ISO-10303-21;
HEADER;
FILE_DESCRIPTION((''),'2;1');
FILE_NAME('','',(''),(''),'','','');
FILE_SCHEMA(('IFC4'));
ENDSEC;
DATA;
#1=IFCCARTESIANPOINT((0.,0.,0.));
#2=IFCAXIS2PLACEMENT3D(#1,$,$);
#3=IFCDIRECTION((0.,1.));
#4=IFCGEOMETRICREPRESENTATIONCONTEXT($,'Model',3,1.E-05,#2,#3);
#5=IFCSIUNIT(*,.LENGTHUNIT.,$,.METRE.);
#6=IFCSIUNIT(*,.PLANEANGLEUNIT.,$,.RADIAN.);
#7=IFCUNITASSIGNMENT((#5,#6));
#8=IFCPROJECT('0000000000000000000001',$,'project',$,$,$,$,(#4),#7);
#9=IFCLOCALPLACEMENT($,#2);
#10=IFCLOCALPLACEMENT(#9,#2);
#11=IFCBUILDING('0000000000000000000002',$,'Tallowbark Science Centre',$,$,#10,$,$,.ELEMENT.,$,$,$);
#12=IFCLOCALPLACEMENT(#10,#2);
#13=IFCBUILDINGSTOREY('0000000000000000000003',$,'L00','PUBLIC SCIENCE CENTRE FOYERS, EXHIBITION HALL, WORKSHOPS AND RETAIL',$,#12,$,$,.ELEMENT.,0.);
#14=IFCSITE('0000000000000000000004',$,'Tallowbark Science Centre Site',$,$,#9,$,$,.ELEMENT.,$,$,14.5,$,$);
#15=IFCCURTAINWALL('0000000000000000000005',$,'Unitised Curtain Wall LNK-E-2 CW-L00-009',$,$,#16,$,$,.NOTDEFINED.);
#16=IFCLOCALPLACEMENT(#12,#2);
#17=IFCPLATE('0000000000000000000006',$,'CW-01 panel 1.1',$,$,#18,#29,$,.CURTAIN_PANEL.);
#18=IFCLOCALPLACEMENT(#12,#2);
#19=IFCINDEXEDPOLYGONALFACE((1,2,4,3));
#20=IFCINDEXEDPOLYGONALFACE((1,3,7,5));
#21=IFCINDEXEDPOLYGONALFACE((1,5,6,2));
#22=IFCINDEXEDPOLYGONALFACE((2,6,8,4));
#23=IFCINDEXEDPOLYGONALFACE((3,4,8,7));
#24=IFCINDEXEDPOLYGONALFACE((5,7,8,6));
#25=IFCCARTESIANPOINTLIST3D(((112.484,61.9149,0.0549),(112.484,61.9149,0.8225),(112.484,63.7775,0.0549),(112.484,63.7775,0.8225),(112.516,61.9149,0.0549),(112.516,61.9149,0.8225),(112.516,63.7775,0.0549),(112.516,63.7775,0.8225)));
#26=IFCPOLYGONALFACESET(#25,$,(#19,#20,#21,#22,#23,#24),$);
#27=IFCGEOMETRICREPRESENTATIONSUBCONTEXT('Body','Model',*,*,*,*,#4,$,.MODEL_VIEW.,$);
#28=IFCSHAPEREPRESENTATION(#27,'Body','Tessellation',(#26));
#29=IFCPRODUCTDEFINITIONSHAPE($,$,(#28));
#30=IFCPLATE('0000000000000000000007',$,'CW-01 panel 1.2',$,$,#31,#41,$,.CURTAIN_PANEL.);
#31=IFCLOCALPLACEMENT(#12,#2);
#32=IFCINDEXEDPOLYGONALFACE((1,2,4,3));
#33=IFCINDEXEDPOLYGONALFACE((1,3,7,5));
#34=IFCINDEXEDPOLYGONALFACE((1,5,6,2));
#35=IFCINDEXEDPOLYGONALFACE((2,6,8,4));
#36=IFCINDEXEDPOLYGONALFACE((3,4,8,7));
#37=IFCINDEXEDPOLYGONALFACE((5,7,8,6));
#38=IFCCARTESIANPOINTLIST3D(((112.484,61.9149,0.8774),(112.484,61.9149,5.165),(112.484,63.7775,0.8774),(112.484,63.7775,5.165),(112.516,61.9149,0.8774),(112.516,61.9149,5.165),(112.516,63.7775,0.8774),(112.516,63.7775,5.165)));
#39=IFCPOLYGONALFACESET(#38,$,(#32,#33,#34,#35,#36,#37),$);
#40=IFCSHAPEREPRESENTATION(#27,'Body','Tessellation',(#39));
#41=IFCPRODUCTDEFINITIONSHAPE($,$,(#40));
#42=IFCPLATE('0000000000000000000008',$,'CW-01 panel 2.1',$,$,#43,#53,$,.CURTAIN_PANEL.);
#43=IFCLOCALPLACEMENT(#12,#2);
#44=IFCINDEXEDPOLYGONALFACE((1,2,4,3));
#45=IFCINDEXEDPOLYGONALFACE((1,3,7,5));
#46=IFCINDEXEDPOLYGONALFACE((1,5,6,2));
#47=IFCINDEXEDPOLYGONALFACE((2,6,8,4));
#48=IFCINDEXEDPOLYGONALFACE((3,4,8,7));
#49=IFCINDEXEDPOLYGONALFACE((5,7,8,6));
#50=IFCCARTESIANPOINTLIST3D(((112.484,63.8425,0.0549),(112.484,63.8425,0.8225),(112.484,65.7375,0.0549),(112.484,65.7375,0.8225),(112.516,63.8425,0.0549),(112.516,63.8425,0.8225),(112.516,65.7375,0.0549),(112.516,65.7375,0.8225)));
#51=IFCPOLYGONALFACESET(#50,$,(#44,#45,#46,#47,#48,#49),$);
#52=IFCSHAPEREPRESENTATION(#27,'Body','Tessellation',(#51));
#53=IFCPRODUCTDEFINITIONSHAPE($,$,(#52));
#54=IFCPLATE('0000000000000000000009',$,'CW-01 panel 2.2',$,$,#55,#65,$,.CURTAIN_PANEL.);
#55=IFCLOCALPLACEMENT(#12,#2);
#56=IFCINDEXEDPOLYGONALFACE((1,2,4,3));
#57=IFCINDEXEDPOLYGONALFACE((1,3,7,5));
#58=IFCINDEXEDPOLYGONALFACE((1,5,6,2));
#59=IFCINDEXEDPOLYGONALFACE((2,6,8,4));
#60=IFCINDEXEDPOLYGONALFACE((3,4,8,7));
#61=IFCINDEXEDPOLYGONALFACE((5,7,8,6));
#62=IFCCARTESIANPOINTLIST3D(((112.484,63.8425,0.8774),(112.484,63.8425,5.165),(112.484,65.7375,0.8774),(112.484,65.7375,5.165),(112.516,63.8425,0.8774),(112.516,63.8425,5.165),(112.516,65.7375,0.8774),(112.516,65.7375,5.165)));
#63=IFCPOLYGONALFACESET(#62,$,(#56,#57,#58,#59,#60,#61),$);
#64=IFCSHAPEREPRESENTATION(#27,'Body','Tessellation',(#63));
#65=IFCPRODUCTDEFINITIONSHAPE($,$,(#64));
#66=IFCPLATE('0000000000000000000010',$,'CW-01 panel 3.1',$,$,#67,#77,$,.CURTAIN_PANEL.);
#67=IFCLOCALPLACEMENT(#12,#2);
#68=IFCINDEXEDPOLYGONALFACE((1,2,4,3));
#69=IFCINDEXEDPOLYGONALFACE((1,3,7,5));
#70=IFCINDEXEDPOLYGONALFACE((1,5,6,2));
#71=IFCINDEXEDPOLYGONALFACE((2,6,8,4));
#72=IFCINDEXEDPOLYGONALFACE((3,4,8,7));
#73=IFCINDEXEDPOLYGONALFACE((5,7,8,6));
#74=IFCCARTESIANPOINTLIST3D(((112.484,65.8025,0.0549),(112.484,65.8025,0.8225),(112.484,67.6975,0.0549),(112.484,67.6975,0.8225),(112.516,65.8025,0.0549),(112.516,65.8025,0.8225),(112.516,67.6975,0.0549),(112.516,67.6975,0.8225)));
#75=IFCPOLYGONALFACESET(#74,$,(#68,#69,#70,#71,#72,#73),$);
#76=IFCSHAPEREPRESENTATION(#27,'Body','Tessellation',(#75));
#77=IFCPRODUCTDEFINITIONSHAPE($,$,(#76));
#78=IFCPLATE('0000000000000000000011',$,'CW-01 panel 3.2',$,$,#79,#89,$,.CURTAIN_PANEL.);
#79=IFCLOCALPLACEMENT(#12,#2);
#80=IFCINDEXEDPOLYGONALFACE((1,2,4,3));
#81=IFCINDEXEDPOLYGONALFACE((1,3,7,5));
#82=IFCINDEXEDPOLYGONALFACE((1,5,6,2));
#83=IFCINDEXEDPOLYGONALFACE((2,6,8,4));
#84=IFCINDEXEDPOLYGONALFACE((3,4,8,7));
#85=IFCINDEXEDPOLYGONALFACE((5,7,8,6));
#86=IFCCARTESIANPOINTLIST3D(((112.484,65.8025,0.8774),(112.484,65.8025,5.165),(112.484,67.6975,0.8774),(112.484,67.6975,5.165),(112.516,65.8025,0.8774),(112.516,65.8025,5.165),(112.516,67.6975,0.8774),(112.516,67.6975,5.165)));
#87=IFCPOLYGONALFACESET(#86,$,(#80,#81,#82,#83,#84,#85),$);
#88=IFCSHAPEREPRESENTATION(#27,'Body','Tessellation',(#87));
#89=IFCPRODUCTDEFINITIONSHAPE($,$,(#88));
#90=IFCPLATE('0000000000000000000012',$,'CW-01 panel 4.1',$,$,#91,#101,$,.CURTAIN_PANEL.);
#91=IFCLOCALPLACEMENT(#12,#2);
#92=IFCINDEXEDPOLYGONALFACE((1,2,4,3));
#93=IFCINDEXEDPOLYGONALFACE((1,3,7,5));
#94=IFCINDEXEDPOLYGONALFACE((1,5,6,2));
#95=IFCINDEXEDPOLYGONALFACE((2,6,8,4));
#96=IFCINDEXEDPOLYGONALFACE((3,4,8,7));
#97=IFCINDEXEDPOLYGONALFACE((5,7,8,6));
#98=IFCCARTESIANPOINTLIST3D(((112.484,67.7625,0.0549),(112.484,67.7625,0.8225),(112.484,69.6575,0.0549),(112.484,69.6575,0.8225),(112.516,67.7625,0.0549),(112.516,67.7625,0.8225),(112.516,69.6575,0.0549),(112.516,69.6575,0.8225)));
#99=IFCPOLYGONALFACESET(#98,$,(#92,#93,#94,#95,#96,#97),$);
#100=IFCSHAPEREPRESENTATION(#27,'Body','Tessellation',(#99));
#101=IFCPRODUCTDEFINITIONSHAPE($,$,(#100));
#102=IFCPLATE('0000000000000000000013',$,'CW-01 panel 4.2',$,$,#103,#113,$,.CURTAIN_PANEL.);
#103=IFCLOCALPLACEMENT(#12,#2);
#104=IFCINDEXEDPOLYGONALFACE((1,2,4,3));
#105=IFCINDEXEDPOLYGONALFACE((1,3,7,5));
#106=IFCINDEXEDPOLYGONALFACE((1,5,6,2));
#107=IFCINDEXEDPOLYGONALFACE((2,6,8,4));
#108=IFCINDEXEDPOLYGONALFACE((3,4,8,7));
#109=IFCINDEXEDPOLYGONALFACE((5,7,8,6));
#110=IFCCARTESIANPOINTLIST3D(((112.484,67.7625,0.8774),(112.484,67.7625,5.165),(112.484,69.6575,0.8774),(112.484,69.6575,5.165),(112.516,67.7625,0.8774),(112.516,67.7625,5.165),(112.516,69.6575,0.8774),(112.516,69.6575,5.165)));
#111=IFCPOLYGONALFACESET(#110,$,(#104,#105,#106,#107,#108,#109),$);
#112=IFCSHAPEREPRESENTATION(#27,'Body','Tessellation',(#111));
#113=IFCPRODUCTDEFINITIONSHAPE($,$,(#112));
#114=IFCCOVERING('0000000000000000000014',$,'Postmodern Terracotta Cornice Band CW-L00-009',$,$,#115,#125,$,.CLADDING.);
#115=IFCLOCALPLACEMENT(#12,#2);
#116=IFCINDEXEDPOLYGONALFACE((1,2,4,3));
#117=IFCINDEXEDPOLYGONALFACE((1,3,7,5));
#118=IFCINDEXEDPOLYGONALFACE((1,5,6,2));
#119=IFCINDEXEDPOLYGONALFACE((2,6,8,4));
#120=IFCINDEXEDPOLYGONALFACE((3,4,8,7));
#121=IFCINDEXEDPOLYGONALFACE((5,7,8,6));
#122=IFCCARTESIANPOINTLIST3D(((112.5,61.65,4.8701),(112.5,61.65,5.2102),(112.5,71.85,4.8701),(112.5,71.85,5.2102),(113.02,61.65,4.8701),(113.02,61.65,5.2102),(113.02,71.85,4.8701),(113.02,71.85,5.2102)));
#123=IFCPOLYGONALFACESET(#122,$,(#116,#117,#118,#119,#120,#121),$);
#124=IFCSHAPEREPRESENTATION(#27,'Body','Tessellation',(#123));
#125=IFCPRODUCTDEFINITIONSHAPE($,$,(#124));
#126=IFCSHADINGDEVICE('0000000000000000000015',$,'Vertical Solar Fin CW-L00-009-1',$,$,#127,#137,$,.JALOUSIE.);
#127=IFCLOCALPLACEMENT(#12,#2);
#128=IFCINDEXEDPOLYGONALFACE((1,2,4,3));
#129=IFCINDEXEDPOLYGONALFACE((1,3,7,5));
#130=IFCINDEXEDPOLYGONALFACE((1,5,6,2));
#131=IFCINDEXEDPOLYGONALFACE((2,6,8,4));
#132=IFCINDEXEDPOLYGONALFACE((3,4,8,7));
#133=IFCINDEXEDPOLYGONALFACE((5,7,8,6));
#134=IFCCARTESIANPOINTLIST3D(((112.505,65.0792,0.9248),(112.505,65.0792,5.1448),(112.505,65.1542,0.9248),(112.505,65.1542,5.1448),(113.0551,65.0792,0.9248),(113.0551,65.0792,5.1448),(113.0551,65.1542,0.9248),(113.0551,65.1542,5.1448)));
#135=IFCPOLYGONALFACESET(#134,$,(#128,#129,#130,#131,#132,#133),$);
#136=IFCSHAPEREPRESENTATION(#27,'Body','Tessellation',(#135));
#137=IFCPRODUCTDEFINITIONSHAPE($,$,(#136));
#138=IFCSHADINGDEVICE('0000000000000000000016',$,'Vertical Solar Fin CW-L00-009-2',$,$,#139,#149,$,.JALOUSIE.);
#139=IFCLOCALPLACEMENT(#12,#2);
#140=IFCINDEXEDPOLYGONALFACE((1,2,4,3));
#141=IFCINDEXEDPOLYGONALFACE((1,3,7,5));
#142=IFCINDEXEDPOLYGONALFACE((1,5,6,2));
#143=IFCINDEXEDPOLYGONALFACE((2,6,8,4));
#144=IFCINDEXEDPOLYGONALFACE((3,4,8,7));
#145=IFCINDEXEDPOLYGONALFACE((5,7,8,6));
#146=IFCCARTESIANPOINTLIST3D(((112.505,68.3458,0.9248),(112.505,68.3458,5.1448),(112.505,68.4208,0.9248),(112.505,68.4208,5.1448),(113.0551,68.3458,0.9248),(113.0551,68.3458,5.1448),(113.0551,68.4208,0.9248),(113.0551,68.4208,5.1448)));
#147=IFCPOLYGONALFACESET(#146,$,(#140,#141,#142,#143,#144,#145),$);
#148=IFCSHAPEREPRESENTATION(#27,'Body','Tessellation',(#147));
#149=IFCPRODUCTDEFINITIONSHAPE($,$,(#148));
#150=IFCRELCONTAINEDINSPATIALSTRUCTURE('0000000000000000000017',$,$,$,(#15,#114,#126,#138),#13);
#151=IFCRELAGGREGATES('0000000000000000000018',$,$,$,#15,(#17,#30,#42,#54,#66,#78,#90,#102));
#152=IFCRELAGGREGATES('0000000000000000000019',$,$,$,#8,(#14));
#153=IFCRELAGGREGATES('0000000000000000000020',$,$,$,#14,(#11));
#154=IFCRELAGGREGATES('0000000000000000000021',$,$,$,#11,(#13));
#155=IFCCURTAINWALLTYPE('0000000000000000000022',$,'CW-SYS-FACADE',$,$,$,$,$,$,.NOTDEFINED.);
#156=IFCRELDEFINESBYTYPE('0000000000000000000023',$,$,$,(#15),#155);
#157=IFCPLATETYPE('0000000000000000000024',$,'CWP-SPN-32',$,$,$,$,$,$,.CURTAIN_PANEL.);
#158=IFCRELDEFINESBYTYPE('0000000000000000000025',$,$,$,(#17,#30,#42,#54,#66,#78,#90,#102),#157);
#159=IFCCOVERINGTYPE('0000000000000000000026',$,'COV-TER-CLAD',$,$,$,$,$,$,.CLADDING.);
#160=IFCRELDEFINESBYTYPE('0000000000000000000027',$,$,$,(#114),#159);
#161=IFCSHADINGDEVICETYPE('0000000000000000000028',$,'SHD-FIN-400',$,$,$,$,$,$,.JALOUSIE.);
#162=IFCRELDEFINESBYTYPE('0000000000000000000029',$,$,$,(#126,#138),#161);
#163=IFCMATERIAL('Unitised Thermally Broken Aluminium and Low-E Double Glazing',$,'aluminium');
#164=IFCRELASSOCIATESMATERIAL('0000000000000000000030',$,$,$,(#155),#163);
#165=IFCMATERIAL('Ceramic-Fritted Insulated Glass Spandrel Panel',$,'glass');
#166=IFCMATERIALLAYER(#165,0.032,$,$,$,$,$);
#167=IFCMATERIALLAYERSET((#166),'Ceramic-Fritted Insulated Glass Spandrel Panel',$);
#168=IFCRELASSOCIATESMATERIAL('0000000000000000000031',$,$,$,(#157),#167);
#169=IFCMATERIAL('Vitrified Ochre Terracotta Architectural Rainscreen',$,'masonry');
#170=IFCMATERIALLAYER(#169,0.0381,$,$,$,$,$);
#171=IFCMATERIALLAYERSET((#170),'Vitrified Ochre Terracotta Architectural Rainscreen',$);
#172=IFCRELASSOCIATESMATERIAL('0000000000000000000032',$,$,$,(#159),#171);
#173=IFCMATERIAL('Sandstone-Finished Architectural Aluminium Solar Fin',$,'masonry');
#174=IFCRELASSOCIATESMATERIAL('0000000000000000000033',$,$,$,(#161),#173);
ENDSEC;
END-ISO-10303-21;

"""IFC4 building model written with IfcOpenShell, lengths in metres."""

from ifc_helpers import new_model, si_unit, direction, frame, origin, origin_2d, place, context, subcontext, project, spatial, rectangle, extrude, material, layer, layer_set, type_object, element, aggregate, save


model = new_model("IFC4")

# Units and contexts
model_context = context("Model", 3, precision=1e-05, world=origin(), true_north=direction((0.0, 1.0)))
body_context = subcontext(model_context, "Body", "Model", "MODEL_VIEW")
ifc_project = project(units=[si_unit("LENGTHUNIT", "METRE"), si_unit("PLANEANGLEUNIT", "RADIAN")], contexts=[model_context])

# Site, building, storey
site_placement = place(None, origin())
site = spatial("IfcSite", under=ifc_project, at=site_placement, Name="Tallowbark Science Centre Site", CompositionType="ELEMENT", RefElevation=14.5)
building_placement = place(site_placement, origin())
building = spatial("IfcBuilding", under=site, at=building_placement, Name="Tallowbark Science Centre", CompositionType="ELEMENT")
storey_placement = place(building_placement, origin())
storey = spatial("IfcBuildingStorey", under=building, at=storey_placement, Name="L00", Description="PUBLIC SCIENCE CENTRE FOYERS, EXHIBITION HALL, WORKSHOPS AND RETAIL", CompositionType="ELEMENT", Elevation=0.0)

# Curtain wall, plates
ifc_material_1 = material(Name="Unitised Thermally Broken Aluminium and Low-E Double Glazing", Category="aluminium")
curtain_wall_type = type_object("IfcCurtainWallType", Name="CW-SYS-FACADE", PredefinedType="NOTDEFINED", material=ifc_material_1)
curtain_wall_placement = place(storey_placement, origin())
curtain_wall = element("IfcCurtainWall", 1, at=curtain_wall_placement, inside=storey, type_object=curtain_wall_type, Name="Unitised Curtain Wall LNK-E-2 CW-L00-009", PredefinedType="NOTDEFINED")
ifc_material_2 = material(Name="Ceramic-Fritted Insulated Glass Spandrel Panel", Category="glass")
ifc_layer_1 = layer(ifc_material_2, 0.032)
ifc_layer_set_1 = layer_set([ifc_layer_1], Name="Ceramic-Fritted Insulated Glass Spandrel Panel")
plate_type = type_object("IfcPlateType", Name="CWP-SPN-32", PredefinedType="CURTAIN_PANEL", material=ifc_layer_set_1)
plate_1_placement = place(storey_placement, frame((112.5, 62.8462, 0.0549), z_axis=(0.0, 0.0, 1.0), x_axis=(0.0, 1.0, 0.0)))
plate_1 = element("IfcPlate", 2, at=plate_1_placement, type_object=plate_type, Name="CW-01 panel 1.1", PredefinedType="CURTAIN_PANEL", context=body_context, shape_type="SweptSolid", body=[
    extrude(rectangle(XDim=1.8625, YDim=0.032, at=origin_2d()), origin(), (0.0, 0.0, 1.0), 0.7676),
])
plate_2_placement = place(storey_placement, frame((112.5, 62.8462, 0.8774), z_axis=(0.0, 0.0, 1.0), x_axis=(0.0, 1.0, 0.0)))
plate_2 = element("IfcPlate", 3, at=plate_2_placement, type_object=plate_type, Name="CW-01 panel 1.2", PredefinedType="CURTAIN_PANEL", context=body_context, shape_type="SweptSolid", body=[
    extrude(rectangle(XDim=1.8625, YDim=0.032, at=origin_2d()), origin(), (0.0, 0.0, 1.0), 4.2876),
])
plate_3_placement = place(storey_placement, frame((112.5, 64.79, 0.0549), z_axis=(0.0, 0.0, 1.0), x_axis=(0.0, 1.0, 0.0)))
plate_3 = element("IfcPlate", 4, at=plate_3_placement, type_object=plate_type, Name="CW-01 panel 2.1", PredefinedType="CURTAIN_PANEL", context=body_context, shape_type="SweptSolid", body=[
    extrude(rectangle(XDim=1.895, YDim=0.032, at=origin_2d()), origin(), (0.0, 0.0, 1.0), 0.7676),
])
plate_4_placement = place(storey_placement, frame((112.5, 64.79, 0.8774), z_axis=(0.0, 0.0, 1.0), x_axis=(0.0, 1.0, 0.0)))
plate_4 = element("IfcPlate", 5, at=plate_4_placement, type_object=plate_type, Name="CW-01 panel 2.2", PredefinedType="CURTAIN_PANEL", context=body_context, shape_type="SweptSolid", body=[
    extrude(rectangle(XDim=1.895, YDim=0.032, at=origin_2d()), origin(), (0.0, 0.0, 1.0), 4.2876),
])
plate_5_placement = place(storey_placement, frame((112.5, 66.75, 0.0549), z_axis=(0.0, 0.0, 1.0), x_axis=(0.0, 1.0, 0.0)))
plate_5 = element("IfcPlate", 6, at=plate_5_placement, type_object=plate_type, Name="CW-01 panel 3.1", PredefinedType="CURTAIN_PANEL", context=body_context, shape_type="SweptSolid", body=[
    extrude(rectangle(XDim=1.895, YDim=0.032, at=origin_2d()), origin(), (0.0, 0.0, 1.0), 0.7676),
])
plate_6_placement = place(storey_placement, frame((112.5, 66.75, 0.8774), z_axis=(0.0, 0.0, 1.0), x_axis=(0.0, 1.0, 0.0)))
plate_6 = element("IfcPlate", 7, at=plate_6_placement, type_object=plate_type, Name="CW-01 panel 3.2", PredefinedType="CURTAIN_PANEL", context=body_context, shape_type="SweptSolid", body=[
    extrude(rectangle(XDim=1.895, YDim=0.032, at=origin_2d()), origin(), (0.0, 0.0, 1.0), 4.2876),
])
plate_7_placement = place(storey_placement, frame((112.5, 68.71, 0.0549), z_axis=(0.0, 0.0, 1.0), x_axis=(0.0, 1.0, 0.0)))
plate_7 = element("IfcPlate", 8, at=plate_7_placement, type_object=plate_type, Name="CW-01 panel 4.1", PredefinedType="CURTAIN_PANEL", context=body_context, shape_type="SweptSolid", body=[
    extrude(rectangle(XDim=1.895, YDim=0.032, at=origin_2d()), origin(), (0.0, 0.0, 1.0), 0.7676),
])
plate_8_placement = place(storey_placement, frame((112.5, 68.71, 0.8774), z_axis=(0.0, 0.0, 1.0), x_axis=(0.0, 1.0, 0.0)))
plate_8 = element("IfcPlate", 9, at=plate_8_placement, type_object=plate_type, Name="CW-01 panel 4.2", PredefinedType="CURTAIN_PANEL", context=body_context, shape_type="SweptSolid", body=[
    extrude(rectangle(XDim=1.895, YDim=0.032, at=origin_2d()), origin(), (0.0, 0.0, 1.0), 4.2876),
])
aggregate(curtain_wall, [plate_1, plate_2, plate_3, plate_4, plate_5, plate_6, plate_7, plate_8])

# Covering
ifc_material_3 = material(Name="Vitrified Ochre Terracotta Architectural Rainscreen", Category="masonry")
ifc_layer_2 = layer(ifc_material_3, 0.0381)
ifc_layer_set_2 = layer_set([ifc_layer_2], Name="Vitrified Ochre Terracotta Architectural Rainscreen")
covering_type = type_object("IfcCoveringType", Name="COV-TER-CLAD", PredefinedType="CLADDING", material=ifc_layer_set_2)
covering_placement = place(storey_placement, frame((112.76, 66.75, 4.8701), z_axis=(0.0, 0.0, 1.0), x_axis=(0.0, 1.0, 0.0)))
element("IfcCovering", 10, at=covering_placement, inside=storey, type_object=covering_type, Name="Postmodern Terracotta Cornice Band CW-L00-009", PredefinedType="CLADDING", context=body_context, shape_type="SweptSolid", body=[
    extrude(rectangle(XDim=10.2, YDim=0.52, at=origin_2d()), origin(), (0.0, 0.0, 1.0), 0.3401),
])

# Shading devices
ifc_material_4 = material(Name="Sandstone-Finished Architectural Aluminium Solar Fin", Category="masonry")
shading_device_type = type_object("IfcShadingDeviceType", Name="SHD-FIN-400", PredefinedType="JALOUSIE", material=ifc_material_4)
for number, where, z_axis, x_axis, name in (
    (11, (112.78, 65.1167, 0.9248), (0.0, 0.0, 1.0), (0.0, 1.0, 0.0), "Vertical Solar Fin CW-L00-009-1"),
    (12, (112.78, 68.3833, 0.9248), (0.0, 0.0, 1.0), (0.0, 1.0, 0.0), "Vertical Solar Fin CW-L00-009-2"),
):
    element("IfcShadingDevice", number, at=place(storey_placement, frame(where, z_axis=z_axis, x_axis=x_axis)), inside=storey, type_object=shading_device_type, Name=name, PredefinedType="JALOUSIE", context=body_context, shape_type="SweptSolid", body=[
        extrude(rectangle(XDim=0.075, YDim=0.55, at=origin_2d()), origin(), (0.0, 0.0, 1.0), 4.22),
    ])

save(model, "model.ifc")
